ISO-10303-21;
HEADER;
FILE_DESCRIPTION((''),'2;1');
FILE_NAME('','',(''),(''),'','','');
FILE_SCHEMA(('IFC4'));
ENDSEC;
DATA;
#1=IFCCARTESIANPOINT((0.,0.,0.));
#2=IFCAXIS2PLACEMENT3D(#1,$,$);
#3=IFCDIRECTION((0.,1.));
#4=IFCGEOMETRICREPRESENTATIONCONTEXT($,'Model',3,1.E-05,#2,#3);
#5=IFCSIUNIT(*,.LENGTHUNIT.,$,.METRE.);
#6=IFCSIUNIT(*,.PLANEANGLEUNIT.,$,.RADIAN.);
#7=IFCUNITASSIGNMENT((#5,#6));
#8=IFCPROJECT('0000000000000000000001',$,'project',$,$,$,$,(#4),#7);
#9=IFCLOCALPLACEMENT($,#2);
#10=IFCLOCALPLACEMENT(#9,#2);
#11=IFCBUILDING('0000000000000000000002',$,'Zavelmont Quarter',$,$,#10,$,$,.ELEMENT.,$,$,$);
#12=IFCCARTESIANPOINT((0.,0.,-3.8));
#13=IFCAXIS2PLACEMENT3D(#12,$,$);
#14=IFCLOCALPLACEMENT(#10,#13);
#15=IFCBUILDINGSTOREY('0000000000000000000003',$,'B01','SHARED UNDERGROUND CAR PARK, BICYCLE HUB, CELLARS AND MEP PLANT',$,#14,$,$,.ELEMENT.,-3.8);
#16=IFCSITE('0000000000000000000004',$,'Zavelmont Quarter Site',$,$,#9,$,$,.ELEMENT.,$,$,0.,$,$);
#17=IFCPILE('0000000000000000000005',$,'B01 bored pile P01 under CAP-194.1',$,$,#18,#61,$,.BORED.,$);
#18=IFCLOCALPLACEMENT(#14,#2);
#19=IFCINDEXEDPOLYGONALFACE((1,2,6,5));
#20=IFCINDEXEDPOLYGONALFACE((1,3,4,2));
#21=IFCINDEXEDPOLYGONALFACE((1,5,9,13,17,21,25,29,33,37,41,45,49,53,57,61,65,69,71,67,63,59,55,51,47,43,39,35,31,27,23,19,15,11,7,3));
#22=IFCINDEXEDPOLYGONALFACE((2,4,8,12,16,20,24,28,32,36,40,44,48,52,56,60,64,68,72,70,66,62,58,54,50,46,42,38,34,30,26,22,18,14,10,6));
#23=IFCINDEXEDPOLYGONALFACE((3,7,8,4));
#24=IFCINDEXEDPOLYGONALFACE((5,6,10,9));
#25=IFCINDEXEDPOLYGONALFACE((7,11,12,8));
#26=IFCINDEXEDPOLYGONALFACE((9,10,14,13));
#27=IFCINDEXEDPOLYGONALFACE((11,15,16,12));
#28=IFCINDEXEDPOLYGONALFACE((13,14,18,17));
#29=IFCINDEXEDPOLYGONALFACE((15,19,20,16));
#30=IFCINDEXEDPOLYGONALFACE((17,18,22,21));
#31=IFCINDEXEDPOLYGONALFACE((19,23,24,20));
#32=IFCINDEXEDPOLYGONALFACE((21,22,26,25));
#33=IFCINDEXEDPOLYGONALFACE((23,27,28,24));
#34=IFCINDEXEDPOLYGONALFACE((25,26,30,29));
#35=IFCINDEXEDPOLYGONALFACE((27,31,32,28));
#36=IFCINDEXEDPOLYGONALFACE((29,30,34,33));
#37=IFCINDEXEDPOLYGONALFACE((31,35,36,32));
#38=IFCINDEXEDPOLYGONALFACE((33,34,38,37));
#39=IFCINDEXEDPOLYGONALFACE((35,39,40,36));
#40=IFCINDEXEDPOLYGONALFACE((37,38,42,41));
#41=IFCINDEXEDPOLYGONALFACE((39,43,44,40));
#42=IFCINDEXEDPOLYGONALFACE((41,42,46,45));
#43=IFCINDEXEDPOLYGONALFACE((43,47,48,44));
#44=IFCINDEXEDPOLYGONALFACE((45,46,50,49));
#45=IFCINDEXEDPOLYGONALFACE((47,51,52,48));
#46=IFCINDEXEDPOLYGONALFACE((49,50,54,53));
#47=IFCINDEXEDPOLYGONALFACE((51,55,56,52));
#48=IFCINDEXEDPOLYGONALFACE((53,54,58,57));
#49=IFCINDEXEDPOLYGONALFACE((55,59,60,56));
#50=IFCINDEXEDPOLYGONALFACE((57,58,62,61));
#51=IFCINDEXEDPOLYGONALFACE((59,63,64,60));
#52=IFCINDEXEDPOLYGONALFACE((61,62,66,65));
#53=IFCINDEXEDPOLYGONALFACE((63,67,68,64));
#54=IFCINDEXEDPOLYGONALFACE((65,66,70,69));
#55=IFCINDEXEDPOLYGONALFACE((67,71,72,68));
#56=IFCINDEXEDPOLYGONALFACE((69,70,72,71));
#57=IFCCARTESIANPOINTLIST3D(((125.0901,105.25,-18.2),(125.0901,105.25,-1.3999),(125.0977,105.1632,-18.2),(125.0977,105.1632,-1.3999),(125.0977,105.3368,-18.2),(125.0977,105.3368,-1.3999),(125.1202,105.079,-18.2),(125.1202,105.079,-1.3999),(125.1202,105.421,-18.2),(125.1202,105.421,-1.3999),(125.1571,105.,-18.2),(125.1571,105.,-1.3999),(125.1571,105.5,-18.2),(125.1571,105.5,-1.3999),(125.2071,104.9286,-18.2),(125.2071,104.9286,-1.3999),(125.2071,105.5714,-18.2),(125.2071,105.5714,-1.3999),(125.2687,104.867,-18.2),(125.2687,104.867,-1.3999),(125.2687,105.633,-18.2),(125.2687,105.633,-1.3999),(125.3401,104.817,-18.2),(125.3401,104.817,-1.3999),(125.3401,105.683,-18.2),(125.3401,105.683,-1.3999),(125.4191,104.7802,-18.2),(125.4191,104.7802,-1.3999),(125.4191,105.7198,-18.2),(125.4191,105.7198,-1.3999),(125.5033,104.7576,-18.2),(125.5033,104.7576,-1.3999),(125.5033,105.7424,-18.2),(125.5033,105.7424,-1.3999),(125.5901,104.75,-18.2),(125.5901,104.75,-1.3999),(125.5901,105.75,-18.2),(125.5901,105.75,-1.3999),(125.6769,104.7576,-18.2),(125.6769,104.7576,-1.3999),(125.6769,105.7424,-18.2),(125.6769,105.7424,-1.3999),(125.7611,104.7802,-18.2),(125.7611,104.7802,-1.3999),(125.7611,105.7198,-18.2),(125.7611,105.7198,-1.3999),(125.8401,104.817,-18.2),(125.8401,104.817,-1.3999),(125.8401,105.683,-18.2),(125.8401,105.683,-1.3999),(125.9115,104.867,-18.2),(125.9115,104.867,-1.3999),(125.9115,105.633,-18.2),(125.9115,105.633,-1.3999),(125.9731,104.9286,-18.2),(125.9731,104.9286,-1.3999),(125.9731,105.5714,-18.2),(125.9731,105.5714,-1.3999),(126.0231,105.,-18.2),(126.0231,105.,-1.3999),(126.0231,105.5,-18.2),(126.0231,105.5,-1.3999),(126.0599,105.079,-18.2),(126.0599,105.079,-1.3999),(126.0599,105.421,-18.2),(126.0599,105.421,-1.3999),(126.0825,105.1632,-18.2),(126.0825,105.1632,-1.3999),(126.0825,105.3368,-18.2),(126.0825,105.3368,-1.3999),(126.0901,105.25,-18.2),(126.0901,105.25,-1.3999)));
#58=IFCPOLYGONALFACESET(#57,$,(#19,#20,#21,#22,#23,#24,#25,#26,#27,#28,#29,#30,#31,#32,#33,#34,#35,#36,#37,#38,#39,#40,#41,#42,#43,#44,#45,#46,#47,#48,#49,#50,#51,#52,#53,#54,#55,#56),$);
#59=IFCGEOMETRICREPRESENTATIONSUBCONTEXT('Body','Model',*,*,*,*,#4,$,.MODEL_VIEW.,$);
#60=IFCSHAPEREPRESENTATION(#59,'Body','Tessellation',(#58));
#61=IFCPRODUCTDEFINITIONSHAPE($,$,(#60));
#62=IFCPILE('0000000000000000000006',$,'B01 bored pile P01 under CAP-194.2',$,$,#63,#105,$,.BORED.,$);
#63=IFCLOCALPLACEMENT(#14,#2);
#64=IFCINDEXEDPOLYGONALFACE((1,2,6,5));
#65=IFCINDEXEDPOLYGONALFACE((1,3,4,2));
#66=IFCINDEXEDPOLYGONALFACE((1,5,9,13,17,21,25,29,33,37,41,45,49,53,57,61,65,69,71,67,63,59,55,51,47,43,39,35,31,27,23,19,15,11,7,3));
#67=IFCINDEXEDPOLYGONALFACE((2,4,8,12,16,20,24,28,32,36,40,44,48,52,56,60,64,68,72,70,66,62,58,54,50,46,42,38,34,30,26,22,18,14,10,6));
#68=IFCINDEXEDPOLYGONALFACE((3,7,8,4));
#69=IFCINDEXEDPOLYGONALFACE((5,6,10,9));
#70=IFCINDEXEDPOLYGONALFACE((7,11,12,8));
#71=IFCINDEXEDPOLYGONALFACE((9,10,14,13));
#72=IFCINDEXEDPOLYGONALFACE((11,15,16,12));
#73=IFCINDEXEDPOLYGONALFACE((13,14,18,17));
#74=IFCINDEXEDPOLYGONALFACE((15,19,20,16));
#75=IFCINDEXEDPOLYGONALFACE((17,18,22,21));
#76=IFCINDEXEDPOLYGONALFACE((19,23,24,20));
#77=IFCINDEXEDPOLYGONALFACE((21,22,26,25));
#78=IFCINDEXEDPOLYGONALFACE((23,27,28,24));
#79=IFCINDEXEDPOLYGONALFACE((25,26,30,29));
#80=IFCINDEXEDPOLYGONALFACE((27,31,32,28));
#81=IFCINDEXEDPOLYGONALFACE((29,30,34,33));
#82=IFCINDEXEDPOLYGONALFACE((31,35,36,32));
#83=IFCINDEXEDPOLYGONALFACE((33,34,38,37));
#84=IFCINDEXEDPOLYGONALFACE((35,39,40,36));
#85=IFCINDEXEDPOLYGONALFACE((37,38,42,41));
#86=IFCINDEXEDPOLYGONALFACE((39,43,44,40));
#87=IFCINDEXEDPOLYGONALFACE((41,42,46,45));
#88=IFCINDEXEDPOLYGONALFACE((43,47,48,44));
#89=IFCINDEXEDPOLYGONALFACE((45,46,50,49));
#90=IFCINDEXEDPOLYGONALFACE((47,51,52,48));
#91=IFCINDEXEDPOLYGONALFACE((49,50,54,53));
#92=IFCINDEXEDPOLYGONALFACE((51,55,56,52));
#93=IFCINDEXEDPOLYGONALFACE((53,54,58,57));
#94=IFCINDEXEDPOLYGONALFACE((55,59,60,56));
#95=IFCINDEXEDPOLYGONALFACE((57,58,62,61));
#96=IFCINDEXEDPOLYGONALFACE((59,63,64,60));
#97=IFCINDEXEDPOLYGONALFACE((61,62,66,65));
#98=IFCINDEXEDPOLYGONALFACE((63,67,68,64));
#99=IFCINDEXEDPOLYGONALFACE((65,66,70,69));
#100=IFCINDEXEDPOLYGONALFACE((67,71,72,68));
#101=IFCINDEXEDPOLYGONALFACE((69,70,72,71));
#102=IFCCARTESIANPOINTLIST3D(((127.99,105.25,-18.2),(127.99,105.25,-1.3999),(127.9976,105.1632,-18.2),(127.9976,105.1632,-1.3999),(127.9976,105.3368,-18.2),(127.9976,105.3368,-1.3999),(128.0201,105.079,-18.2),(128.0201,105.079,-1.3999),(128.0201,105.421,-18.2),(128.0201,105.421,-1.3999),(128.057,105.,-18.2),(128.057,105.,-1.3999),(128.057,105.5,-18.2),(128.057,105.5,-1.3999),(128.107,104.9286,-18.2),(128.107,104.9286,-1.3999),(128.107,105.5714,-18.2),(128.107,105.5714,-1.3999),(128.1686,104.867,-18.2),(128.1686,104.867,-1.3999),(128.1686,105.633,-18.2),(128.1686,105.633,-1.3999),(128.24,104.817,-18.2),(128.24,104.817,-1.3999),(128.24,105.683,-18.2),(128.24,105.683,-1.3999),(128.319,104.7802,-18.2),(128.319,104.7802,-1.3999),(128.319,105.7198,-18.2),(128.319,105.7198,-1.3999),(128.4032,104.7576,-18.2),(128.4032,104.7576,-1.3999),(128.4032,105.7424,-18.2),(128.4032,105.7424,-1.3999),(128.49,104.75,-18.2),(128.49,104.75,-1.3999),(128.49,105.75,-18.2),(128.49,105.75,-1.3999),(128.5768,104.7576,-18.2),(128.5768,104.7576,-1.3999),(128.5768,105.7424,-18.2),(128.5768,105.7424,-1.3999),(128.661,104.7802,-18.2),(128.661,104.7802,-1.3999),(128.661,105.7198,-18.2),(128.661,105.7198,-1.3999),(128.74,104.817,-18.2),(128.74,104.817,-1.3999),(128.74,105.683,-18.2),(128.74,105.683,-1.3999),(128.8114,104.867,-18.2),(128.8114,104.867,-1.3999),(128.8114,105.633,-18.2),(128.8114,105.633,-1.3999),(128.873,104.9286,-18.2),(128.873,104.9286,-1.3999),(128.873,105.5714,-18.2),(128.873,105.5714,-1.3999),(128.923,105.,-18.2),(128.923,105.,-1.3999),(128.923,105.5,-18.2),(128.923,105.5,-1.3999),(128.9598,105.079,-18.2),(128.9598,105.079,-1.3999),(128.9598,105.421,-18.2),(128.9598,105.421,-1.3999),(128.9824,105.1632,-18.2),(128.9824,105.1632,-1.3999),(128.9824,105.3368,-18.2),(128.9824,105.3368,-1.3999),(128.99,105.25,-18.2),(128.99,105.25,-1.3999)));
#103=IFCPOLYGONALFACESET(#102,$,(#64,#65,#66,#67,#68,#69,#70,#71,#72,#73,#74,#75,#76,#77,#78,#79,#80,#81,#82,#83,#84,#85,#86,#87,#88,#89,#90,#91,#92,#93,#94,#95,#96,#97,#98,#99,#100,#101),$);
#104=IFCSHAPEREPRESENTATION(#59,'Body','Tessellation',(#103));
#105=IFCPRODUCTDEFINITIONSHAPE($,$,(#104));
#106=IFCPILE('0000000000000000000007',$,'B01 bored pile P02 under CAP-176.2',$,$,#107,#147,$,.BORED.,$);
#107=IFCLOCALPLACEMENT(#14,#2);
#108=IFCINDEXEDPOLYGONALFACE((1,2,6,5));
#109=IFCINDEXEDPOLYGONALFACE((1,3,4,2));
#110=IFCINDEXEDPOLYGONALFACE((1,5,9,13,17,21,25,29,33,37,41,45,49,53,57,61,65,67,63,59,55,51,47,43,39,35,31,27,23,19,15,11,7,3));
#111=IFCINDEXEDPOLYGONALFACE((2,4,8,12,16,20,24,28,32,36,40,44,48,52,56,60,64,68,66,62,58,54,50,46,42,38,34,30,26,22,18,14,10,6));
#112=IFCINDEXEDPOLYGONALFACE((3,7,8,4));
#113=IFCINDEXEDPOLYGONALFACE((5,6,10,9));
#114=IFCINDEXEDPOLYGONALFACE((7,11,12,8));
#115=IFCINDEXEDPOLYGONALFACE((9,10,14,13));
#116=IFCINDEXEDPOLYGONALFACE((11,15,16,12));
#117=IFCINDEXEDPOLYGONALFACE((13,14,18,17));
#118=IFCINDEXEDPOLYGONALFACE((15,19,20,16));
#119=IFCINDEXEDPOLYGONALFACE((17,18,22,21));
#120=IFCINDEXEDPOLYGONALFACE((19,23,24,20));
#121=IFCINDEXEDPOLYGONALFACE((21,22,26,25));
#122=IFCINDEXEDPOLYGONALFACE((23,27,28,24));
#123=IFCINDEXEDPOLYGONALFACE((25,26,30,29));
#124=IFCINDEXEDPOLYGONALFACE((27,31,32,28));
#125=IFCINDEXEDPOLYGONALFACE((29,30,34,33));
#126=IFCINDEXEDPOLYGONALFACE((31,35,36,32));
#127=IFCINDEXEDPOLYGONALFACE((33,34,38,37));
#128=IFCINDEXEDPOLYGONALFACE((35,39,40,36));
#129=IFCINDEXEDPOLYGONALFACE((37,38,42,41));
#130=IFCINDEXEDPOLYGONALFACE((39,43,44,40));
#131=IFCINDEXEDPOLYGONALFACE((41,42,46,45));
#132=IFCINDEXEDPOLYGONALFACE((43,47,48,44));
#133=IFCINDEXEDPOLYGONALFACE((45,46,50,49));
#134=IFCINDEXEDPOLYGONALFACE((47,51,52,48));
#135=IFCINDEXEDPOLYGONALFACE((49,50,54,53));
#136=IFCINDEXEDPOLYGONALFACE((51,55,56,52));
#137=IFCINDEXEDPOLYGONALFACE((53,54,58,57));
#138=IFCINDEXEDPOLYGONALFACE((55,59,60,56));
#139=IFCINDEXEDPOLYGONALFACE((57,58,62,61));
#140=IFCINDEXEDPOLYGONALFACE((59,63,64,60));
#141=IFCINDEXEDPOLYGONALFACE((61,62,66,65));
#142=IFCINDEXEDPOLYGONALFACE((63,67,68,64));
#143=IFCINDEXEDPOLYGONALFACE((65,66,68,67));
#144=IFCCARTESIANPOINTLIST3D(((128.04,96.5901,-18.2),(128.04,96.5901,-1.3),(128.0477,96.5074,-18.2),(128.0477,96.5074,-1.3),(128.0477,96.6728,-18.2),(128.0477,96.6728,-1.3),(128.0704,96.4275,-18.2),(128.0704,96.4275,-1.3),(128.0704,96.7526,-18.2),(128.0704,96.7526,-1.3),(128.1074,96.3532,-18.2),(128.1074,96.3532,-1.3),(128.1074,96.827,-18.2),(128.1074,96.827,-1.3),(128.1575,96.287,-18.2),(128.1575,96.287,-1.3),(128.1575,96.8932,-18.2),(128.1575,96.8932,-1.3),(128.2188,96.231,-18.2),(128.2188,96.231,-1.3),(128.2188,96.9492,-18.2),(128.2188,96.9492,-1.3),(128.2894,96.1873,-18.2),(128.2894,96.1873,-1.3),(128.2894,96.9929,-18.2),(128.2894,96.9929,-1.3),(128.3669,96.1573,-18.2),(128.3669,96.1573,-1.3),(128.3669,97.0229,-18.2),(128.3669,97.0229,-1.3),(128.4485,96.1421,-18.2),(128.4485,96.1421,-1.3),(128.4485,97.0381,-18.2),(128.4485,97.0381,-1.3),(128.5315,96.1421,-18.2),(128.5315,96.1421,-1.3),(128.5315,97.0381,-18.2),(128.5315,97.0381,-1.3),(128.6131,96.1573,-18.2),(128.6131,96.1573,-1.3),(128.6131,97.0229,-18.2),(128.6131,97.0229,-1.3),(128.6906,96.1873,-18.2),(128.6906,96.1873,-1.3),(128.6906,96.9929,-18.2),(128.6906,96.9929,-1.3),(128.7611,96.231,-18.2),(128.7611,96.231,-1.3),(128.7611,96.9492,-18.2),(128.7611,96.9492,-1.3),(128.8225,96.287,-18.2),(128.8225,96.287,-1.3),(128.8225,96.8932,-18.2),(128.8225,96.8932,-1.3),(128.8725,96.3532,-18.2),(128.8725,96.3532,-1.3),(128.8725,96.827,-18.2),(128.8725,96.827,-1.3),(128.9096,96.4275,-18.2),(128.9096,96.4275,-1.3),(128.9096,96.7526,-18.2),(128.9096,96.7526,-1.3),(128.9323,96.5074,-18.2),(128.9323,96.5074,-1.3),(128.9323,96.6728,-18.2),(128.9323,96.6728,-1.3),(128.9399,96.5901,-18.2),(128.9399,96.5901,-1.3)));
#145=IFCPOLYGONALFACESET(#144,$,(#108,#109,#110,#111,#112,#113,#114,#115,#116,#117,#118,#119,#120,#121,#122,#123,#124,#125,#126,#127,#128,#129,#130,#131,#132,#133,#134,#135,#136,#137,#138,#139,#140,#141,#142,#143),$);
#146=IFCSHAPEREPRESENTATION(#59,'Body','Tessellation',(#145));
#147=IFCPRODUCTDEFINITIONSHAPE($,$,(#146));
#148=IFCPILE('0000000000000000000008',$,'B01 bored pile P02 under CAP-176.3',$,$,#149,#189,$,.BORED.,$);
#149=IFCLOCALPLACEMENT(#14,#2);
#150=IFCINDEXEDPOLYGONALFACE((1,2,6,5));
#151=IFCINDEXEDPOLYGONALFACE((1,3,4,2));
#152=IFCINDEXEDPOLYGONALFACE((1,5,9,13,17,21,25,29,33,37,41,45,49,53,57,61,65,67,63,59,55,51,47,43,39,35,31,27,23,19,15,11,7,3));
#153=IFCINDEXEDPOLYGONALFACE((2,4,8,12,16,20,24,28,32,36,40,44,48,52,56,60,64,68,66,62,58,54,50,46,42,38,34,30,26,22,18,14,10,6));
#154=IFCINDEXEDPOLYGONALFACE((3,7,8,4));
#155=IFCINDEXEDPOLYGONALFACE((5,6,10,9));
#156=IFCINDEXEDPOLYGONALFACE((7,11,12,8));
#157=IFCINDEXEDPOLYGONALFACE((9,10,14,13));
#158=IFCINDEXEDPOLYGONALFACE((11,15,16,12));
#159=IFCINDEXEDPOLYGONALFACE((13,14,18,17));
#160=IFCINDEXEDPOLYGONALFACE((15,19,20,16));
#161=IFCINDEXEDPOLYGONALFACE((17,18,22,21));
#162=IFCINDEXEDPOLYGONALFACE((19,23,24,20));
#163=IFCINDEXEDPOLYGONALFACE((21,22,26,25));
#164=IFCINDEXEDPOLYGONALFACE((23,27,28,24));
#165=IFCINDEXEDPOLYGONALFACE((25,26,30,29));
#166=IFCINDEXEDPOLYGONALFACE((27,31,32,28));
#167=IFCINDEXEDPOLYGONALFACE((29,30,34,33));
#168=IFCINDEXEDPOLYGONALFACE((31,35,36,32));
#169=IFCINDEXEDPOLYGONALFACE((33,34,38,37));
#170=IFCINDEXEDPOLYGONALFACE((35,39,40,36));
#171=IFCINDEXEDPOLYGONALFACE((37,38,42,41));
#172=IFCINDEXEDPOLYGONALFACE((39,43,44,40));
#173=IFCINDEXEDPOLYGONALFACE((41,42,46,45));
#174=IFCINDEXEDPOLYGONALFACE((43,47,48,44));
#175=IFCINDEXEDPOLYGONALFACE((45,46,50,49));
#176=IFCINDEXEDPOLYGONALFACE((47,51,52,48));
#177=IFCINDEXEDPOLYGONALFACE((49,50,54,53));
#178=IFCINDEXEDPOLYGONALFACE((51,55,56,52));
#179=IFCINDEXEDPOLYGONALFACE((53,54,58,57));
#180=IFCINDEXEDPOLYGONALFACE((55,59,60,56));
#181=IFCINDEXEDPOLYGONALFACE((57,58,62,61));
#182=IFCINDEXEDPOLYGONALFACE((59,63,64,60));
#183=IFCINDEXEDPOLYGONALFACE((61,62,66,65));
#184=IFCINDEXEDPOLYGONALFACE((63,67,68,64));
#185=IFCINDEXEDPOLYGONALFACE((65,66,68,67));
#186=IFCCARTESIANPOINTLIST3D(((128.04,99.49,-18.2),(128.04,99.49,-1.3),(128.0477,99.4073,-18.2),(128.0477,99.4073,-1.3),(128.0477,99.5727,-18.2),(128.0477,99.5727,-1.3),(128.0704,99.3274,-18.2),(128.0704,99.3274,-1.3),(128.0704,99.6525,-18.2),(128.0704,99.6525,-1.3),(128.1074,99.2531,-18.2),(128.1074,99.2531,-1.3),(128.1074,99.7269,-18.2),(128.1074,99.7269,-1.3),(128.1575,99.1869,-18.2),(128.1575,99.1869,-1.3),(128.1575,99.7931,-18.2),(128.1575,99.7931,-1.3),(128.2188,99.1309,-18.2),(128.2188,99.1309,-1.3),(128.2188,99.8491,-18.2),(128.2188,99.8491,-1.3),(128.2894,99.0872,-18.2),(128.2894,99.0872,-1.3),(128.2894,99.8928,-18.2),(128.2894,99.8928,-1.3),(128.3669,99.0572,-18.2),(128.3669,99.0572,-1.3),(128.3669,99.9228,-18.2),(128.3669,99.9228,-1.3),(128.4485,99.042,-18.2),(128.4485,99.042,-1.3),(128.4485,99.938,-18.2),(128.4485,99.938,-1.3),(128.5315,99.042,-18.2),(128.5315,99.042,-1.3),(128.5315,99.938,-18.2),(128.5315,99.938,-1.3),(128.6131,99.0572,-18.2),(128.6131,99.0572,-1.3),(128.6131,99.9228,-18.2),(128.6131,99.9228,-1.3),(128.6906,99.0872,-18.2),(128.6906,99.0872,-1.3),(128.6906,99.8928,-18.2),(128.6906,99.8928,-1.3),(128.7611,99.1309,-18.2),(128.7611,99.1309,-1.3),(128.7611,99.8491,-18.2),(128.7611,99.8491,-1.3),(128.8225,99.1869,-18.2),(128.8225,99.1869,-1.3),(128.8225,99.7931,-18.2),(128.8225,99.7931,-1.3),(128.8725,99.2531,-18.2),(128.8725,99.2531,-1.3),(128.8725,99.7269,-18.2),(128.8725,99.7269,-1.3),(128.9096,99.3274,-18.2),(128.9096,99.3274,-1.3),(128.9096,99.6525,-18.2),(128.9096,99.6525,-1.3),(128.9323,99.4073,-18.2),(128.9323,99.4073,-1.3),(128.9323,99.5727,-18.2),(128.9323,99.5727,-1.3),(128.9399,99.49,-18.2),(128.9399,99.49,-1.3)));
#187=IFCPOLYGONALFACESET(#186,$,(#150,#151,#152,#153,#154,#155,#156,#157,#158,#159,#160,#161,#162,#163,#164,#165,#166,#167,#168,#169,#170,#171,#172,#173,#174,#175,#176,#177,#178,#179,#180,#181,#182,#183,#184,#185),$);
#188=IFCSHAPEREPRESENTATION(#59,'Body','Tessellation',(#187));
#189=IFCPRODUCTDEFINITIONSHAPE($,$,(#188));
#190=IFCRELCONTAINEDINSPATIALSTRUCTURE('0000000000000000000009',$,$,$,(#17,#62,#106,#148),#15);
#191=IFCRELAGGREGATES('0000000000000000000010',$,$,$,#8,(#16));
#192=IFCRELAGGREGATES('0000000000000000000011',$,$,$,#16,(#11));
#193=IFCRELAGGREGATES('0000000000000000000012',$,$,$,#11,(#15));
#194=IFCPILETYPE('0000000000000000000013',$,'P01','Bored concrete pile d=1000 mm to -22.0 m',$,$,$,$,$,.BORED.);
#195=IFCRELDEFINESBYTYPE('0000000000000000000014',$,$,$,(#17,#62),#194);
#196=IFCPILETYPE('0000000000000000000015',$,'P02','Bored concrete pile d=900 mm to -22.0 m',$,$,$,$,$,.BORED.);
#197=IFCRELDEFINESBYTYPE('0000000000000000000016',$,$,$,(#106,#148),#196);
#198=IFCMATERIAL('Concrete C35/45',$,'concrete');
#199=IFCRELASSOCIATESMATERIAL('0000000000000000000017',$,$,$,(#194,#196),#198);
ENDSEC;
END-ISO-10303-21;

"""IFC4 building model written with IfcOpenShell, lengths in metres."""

from ifc_helpers import new_model, si_unit, direction, frame, origin, origin_2d, place, context, subcontext, project, spatial, circle, extrude, material, material_profile, profile_set, type_object, element, save


model = new_model("IFC4")

# Units and contexts
model_context = context("Model", 3, precision=1e-05, world=origin(), true_north=direction((0.0, 1.0)))
body_context = subcontext(model_context, "Body", "Model", "MODEL_VIEW")
ifc_project = project(units=[si_unit("LENGTHUNIT", "METRE"), si_unit("PLANEANGLEUNIT", "RADIAN")], contexts=[model_context])

# Site, building, storey
site_placement = place(None, origin())
site = spatial("IfcSite", under=ifc_project, at=site_placement, Name="Zavelmont Quarter Site", CompositionType="ELEMENT", RefElevation=0.0)
building_placement = place(site_placement, origin())
building = spatial("IfcBuilding", under=site, at=building_placement, Name="Zavelmont Quarter", CompositionType="ELEMENT")
storey_placement = place(building_placement, frame((0.0, 0.0, -3.8)))
storey = spatial("IfcBuildingStorey", under=building, at=storey_placement, Name="B01", Description="SHARED UNDERGROUND CAR PARK, BICYCLE HUB, CELLARS AND MEP PLANT", CompositionType="ELEMENT", Elevation=-3.8)

# Shared definitions
ifc_material_1 = material(Name="Concrete C35/45", Category="concrete")

# Piles
ifc_material_profile_1 = material_profile(ifc_material_1, circle(Radius=0.5, at=origin_2d()), Name="BP1000")
ifc_profile_set_1 = profile_set([ifc_material_profile_1], Name="Concrete C35/45")
pile_type_1 = type_object("IfcPileType", Name="P01", Description="Bored concrete pile d=1000 mm to -22.0 m", PredefinedType="BORED", material=ifc_profile_set_1)
for number, where, z_axis, x_axis, name in (
    (1, (125.5901, 105.25, -1.3999), (0.0, 0.0, -1.0), (1.0, 0.0, 0.0), "B01 bored pile P01 under CAP-194.1"),
    (2, (128.49, 105.25, -1.3999), (0.0, 0.0, -1.0), (1.0, 0.0, 0.0), "B01 bored pile P01 under CAP-194.2"),
):
    element("IfcPile", number, at=place(storey_placement, frame(where, z_axis=z_axis, x_axis=x_axis)), inside=storey, type_object=pile_type_1, Name=name, PredefinedType="BORED", context=body_context, shape_type="SweptSolid", body=[
        extrude(circle(Radius=0.5, at=origin_2d()), origin(), (0.0, 0.0, 1.0), 16.8),
    ])
ifc_material_profile_2 = material_profile(ifc_material_1, circle(Radius=0.45, at=origin_2d()), Name="BP900")
ifc_profile_set_2 = profile_set([ifc_material_profile_2], Name="Concrete C35/45")
pile_type_2 = type_object("IfcPileType", Name="P02", Description="Bored concrete pile d=900 mm to -22.0 m", PredefinedType="BORED", material=ifc_profile_set_2)
for number, where, z_axis, x_axis, name in (
    (3, (128.49, 96.5901, -1.3), (0.0, 0.0, -1.0), (1.0, 0.0, 0.0), "B01 bored pile P02 under CAP-176.2"),
    (4, (128.49, 99.49, -1.3), (0.0, 0.0, -1.0), (1.0, 0.0, 0.0), "B01 bored pile P02 under CAP-176.3"),
):
    element("IfcPile", number, at=place(storey_placement, frame(where, z_axis=z_axis, x_axis=x_axis)), inside=storey, type_object=pile_type_2, Name=name, PredefinedType="BORED", context=body_context, shape_type="SweptSolid", body=[
        extrude(circle(Radius=0.45, at=origin_2d()), origin(), (0.0, 0.0, 1.0), 16.8999),
    ])

save(model, "model.ifc")
